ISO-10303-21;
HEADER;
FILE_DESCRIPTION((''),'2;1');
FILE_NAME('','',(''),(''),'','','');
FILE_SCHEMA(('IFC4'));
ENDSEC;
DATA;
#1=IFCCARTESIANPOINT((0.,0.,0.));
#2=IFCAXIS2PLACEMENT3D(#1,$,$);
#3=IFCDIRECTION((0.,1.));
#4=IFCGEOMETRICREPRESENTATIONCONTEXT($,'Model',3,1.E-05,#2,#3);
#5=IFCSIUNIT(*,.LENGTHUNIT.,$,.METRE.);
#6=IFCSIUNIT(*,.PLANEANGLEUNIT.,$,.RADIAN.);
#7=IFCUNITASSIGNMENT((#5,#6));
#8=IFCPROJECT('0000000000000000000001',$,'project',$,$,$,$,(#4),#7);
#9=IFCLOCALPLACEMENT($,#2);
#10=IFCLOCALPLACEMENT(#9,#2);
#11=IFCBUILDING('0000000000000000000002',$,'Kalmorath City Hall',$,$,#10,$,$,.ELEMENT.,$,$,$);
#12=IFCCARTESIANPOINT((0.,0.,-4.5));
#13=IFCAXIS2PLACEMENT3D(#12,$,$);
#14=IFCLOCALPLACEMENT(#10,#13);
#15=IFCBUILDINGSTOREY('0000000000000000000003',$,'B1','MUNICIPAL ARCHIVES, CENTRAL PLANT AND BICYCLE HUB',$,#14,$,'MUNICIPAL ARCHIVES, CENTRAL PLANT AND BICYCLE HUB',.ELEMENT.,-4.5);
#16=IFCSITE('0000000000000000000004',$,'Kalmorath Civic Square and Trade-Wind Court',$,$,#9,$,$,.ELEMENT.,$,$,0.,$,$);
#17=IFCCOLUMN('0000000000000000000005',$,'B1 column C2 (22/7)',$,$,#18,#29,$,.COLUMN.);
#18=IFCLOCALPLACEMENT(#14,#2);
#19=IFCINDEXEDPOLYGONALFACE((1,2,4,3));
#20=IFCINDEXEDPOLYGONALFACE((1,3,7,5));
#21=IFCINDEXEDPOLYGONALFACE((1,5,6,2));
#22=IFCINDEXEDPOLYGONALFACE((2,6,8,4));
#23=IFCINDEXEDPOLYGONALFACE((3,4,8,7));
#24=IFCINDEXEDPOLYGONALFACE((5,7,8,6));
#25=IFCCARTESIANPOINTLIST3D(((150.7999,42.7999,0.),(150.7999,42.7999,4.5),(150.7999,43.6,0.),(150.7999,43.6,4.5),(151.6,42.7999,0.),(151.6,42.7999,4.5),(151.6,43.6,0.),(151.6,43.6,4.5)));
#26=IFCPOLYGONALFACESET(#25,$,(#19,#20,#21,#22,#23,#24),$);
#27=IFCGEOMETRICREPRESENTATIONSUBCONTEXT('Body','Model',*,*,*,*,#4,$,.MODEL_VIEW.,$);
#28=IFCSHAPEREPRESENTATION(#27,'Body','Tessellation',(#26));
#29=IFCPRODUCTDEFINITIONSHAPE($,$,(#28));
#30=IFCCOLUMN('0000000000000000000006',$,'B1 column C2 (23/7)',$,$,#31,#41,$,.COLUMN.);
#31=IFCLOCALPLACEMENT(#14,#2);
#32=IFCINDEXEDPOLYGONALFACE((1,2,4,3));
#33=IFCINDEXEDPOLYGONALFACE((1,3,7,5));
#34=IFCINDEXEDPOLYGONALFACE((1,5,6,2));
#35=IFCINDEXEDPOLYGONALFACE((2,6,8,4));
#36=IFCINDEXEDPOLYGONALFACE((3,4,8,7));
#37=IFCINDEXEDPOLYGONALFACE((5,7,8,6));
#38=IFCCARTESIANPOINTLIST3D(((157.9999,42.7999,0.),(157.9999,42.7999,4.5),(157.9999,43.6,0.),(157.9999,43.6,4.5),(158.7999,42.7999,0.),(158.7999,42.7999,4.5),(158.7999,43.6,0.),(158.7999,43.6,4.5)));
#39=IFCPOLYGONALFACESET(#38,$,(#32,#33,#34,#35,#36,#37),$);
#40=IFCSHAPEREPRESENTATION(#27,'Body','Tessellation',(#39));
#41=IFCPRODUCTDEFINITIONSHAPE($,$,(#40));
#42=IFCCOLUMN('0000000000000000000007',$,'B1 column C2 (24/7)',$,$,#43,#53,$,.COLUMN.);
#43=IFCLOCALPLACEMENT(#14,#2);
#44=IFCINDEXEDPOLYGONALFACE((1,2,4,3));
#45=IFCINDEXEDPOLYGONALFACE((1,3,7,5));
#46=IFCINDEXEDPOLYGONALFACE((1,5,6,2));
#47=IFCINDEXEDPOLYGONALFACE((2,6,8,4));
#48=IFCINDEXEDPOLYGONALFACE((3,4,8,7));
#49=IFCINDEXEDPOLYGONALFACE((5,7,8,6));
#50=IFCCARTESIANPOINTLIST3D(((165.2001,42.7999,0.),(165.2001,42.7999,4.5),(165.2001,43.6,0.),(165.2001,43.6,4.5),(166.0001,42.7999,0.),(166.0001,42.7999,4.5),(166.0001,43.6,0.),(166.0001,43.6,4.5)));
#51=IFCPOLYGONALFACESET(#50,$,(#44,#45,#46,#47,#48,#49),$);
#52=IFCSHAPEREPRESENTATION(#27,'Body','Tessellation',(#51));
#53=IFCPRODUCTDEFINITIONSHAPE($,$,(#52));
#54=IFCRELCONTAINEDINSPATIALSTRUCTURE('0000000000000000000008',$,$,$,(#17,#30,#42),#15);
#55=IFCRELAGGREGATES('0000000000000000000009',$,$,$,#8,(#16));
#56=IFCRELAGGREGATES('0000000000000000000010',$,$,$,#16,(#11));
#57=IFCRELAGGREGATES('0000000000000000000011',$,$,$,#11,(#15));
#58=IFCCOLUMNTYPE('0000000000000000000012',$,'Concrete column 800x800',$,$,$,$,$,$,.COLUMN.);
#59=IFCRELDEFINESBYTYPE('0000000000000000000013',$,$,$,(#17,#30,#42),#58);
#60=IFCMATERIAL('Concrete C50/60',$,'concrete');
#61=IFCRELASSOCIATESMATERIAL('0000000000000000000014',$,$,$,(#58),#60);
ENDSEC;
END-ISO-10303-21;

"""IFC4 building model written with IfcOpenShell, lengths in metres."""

from ifc_helpers import new_model, si_unit, direction, frame, origin, origin_2d, place, context, subcontext, project, spatial, rectangle, extrude, material, material_profile, profile_set, type_object, element, save


model = new_model("IFC4")

# Units and contexts
model_context = context("Model", 3, precision=1e-05, world=origin(), true_north=direction((0.0, 1.0)))
body_context = subcontext(model_context, "Body", "Model", "MODEL_VIEW")
ifc_project = project(units=[si_unit("LENGTHUNIT", "METRE"), si_unit("PLANEANGLEUNIT", "RADIAN")], contexts=[model_context])

# Site, building, storey
site_placement = place(None, origin())
site = spatial("IfcSite", under=ifc_project, at=site_placement, Name="Kalmorath Civic Square and Trade-Wind Court", CompositionType="ELEMENT", RefElevation=0.0)
building_placement = place(site_placement, origin())
building = spatial("IfcBuilding", under=site, at=building_placement, Name="Kalmorath City Hall", CompositionType="ELEMENT")
storey_placement = place(building_placement, frame((0.0, 0.0, -4.5)))
storey = spatial("IfcBuildingStorey", under=building, at=storey_placement, Name="B1", Description="MUNICIPAL ARCHIVES, CENTRAL PLANT AND BICYCLE HUB", LongName="MUNICIPAL ARCHIVES, CENTRAL PLANT AND BICYCLE HUB", CompositionType="ELEMENT", Elevation=-4.5)

# Columns
ifc_material_1 = material(Name="Concrete C50/60", Category="concrete")
ifc_material_profile_1 = material_profile(ifc_material_1, rectangle(XDim=0.8, YDim=0.8, at=origin_2d()), Name="RC-COL-800X800")
ifc_profile_set_1 = profile_set([ifc_material_profile_1], Name="Concrete C50/60")
column_type_1 = type_object("IfcColumnType", Name="Concrete column 800x800", PredefinedType="COLUMN", material=ifc_profile_set_1)
for number, where, z_axis, x_axis, name in (
    (1, (151.2, 43.2, 0.0), (0.0, 0.0, 1.0), (1.0, 0.0, 0.0), "B1 column C2 (22/7)"),
    (2, (158.3999, 43.2, 0.0), (0.0, 0.0, 1.0), (1.0, 0.0, 0.0), "B1 column C2 (23/7)"),
    (3, (165.6001, 43.2, 0.0), (0.0, 0.0, 1.0), (1.0, 0.0, 0.0), "B1 column C2 (24/7)"),
):
    element("IfcColumn", number, at=place(storey_placement, frame(where, z_axis=z_axis, x_axis=x_axis)), inside=storey, type_object=column_type_1, Name=name, PredefinedType="COLUMN", context=body_context, shape_type="SweptSolid", body=[
        extrude(rectangle(XDim=0.8, YDim=0.8, at=origin_2d()), origin(), (0.0, 0.0, 1.0), 4.5),
    ])

save(model, "model.ifc")
